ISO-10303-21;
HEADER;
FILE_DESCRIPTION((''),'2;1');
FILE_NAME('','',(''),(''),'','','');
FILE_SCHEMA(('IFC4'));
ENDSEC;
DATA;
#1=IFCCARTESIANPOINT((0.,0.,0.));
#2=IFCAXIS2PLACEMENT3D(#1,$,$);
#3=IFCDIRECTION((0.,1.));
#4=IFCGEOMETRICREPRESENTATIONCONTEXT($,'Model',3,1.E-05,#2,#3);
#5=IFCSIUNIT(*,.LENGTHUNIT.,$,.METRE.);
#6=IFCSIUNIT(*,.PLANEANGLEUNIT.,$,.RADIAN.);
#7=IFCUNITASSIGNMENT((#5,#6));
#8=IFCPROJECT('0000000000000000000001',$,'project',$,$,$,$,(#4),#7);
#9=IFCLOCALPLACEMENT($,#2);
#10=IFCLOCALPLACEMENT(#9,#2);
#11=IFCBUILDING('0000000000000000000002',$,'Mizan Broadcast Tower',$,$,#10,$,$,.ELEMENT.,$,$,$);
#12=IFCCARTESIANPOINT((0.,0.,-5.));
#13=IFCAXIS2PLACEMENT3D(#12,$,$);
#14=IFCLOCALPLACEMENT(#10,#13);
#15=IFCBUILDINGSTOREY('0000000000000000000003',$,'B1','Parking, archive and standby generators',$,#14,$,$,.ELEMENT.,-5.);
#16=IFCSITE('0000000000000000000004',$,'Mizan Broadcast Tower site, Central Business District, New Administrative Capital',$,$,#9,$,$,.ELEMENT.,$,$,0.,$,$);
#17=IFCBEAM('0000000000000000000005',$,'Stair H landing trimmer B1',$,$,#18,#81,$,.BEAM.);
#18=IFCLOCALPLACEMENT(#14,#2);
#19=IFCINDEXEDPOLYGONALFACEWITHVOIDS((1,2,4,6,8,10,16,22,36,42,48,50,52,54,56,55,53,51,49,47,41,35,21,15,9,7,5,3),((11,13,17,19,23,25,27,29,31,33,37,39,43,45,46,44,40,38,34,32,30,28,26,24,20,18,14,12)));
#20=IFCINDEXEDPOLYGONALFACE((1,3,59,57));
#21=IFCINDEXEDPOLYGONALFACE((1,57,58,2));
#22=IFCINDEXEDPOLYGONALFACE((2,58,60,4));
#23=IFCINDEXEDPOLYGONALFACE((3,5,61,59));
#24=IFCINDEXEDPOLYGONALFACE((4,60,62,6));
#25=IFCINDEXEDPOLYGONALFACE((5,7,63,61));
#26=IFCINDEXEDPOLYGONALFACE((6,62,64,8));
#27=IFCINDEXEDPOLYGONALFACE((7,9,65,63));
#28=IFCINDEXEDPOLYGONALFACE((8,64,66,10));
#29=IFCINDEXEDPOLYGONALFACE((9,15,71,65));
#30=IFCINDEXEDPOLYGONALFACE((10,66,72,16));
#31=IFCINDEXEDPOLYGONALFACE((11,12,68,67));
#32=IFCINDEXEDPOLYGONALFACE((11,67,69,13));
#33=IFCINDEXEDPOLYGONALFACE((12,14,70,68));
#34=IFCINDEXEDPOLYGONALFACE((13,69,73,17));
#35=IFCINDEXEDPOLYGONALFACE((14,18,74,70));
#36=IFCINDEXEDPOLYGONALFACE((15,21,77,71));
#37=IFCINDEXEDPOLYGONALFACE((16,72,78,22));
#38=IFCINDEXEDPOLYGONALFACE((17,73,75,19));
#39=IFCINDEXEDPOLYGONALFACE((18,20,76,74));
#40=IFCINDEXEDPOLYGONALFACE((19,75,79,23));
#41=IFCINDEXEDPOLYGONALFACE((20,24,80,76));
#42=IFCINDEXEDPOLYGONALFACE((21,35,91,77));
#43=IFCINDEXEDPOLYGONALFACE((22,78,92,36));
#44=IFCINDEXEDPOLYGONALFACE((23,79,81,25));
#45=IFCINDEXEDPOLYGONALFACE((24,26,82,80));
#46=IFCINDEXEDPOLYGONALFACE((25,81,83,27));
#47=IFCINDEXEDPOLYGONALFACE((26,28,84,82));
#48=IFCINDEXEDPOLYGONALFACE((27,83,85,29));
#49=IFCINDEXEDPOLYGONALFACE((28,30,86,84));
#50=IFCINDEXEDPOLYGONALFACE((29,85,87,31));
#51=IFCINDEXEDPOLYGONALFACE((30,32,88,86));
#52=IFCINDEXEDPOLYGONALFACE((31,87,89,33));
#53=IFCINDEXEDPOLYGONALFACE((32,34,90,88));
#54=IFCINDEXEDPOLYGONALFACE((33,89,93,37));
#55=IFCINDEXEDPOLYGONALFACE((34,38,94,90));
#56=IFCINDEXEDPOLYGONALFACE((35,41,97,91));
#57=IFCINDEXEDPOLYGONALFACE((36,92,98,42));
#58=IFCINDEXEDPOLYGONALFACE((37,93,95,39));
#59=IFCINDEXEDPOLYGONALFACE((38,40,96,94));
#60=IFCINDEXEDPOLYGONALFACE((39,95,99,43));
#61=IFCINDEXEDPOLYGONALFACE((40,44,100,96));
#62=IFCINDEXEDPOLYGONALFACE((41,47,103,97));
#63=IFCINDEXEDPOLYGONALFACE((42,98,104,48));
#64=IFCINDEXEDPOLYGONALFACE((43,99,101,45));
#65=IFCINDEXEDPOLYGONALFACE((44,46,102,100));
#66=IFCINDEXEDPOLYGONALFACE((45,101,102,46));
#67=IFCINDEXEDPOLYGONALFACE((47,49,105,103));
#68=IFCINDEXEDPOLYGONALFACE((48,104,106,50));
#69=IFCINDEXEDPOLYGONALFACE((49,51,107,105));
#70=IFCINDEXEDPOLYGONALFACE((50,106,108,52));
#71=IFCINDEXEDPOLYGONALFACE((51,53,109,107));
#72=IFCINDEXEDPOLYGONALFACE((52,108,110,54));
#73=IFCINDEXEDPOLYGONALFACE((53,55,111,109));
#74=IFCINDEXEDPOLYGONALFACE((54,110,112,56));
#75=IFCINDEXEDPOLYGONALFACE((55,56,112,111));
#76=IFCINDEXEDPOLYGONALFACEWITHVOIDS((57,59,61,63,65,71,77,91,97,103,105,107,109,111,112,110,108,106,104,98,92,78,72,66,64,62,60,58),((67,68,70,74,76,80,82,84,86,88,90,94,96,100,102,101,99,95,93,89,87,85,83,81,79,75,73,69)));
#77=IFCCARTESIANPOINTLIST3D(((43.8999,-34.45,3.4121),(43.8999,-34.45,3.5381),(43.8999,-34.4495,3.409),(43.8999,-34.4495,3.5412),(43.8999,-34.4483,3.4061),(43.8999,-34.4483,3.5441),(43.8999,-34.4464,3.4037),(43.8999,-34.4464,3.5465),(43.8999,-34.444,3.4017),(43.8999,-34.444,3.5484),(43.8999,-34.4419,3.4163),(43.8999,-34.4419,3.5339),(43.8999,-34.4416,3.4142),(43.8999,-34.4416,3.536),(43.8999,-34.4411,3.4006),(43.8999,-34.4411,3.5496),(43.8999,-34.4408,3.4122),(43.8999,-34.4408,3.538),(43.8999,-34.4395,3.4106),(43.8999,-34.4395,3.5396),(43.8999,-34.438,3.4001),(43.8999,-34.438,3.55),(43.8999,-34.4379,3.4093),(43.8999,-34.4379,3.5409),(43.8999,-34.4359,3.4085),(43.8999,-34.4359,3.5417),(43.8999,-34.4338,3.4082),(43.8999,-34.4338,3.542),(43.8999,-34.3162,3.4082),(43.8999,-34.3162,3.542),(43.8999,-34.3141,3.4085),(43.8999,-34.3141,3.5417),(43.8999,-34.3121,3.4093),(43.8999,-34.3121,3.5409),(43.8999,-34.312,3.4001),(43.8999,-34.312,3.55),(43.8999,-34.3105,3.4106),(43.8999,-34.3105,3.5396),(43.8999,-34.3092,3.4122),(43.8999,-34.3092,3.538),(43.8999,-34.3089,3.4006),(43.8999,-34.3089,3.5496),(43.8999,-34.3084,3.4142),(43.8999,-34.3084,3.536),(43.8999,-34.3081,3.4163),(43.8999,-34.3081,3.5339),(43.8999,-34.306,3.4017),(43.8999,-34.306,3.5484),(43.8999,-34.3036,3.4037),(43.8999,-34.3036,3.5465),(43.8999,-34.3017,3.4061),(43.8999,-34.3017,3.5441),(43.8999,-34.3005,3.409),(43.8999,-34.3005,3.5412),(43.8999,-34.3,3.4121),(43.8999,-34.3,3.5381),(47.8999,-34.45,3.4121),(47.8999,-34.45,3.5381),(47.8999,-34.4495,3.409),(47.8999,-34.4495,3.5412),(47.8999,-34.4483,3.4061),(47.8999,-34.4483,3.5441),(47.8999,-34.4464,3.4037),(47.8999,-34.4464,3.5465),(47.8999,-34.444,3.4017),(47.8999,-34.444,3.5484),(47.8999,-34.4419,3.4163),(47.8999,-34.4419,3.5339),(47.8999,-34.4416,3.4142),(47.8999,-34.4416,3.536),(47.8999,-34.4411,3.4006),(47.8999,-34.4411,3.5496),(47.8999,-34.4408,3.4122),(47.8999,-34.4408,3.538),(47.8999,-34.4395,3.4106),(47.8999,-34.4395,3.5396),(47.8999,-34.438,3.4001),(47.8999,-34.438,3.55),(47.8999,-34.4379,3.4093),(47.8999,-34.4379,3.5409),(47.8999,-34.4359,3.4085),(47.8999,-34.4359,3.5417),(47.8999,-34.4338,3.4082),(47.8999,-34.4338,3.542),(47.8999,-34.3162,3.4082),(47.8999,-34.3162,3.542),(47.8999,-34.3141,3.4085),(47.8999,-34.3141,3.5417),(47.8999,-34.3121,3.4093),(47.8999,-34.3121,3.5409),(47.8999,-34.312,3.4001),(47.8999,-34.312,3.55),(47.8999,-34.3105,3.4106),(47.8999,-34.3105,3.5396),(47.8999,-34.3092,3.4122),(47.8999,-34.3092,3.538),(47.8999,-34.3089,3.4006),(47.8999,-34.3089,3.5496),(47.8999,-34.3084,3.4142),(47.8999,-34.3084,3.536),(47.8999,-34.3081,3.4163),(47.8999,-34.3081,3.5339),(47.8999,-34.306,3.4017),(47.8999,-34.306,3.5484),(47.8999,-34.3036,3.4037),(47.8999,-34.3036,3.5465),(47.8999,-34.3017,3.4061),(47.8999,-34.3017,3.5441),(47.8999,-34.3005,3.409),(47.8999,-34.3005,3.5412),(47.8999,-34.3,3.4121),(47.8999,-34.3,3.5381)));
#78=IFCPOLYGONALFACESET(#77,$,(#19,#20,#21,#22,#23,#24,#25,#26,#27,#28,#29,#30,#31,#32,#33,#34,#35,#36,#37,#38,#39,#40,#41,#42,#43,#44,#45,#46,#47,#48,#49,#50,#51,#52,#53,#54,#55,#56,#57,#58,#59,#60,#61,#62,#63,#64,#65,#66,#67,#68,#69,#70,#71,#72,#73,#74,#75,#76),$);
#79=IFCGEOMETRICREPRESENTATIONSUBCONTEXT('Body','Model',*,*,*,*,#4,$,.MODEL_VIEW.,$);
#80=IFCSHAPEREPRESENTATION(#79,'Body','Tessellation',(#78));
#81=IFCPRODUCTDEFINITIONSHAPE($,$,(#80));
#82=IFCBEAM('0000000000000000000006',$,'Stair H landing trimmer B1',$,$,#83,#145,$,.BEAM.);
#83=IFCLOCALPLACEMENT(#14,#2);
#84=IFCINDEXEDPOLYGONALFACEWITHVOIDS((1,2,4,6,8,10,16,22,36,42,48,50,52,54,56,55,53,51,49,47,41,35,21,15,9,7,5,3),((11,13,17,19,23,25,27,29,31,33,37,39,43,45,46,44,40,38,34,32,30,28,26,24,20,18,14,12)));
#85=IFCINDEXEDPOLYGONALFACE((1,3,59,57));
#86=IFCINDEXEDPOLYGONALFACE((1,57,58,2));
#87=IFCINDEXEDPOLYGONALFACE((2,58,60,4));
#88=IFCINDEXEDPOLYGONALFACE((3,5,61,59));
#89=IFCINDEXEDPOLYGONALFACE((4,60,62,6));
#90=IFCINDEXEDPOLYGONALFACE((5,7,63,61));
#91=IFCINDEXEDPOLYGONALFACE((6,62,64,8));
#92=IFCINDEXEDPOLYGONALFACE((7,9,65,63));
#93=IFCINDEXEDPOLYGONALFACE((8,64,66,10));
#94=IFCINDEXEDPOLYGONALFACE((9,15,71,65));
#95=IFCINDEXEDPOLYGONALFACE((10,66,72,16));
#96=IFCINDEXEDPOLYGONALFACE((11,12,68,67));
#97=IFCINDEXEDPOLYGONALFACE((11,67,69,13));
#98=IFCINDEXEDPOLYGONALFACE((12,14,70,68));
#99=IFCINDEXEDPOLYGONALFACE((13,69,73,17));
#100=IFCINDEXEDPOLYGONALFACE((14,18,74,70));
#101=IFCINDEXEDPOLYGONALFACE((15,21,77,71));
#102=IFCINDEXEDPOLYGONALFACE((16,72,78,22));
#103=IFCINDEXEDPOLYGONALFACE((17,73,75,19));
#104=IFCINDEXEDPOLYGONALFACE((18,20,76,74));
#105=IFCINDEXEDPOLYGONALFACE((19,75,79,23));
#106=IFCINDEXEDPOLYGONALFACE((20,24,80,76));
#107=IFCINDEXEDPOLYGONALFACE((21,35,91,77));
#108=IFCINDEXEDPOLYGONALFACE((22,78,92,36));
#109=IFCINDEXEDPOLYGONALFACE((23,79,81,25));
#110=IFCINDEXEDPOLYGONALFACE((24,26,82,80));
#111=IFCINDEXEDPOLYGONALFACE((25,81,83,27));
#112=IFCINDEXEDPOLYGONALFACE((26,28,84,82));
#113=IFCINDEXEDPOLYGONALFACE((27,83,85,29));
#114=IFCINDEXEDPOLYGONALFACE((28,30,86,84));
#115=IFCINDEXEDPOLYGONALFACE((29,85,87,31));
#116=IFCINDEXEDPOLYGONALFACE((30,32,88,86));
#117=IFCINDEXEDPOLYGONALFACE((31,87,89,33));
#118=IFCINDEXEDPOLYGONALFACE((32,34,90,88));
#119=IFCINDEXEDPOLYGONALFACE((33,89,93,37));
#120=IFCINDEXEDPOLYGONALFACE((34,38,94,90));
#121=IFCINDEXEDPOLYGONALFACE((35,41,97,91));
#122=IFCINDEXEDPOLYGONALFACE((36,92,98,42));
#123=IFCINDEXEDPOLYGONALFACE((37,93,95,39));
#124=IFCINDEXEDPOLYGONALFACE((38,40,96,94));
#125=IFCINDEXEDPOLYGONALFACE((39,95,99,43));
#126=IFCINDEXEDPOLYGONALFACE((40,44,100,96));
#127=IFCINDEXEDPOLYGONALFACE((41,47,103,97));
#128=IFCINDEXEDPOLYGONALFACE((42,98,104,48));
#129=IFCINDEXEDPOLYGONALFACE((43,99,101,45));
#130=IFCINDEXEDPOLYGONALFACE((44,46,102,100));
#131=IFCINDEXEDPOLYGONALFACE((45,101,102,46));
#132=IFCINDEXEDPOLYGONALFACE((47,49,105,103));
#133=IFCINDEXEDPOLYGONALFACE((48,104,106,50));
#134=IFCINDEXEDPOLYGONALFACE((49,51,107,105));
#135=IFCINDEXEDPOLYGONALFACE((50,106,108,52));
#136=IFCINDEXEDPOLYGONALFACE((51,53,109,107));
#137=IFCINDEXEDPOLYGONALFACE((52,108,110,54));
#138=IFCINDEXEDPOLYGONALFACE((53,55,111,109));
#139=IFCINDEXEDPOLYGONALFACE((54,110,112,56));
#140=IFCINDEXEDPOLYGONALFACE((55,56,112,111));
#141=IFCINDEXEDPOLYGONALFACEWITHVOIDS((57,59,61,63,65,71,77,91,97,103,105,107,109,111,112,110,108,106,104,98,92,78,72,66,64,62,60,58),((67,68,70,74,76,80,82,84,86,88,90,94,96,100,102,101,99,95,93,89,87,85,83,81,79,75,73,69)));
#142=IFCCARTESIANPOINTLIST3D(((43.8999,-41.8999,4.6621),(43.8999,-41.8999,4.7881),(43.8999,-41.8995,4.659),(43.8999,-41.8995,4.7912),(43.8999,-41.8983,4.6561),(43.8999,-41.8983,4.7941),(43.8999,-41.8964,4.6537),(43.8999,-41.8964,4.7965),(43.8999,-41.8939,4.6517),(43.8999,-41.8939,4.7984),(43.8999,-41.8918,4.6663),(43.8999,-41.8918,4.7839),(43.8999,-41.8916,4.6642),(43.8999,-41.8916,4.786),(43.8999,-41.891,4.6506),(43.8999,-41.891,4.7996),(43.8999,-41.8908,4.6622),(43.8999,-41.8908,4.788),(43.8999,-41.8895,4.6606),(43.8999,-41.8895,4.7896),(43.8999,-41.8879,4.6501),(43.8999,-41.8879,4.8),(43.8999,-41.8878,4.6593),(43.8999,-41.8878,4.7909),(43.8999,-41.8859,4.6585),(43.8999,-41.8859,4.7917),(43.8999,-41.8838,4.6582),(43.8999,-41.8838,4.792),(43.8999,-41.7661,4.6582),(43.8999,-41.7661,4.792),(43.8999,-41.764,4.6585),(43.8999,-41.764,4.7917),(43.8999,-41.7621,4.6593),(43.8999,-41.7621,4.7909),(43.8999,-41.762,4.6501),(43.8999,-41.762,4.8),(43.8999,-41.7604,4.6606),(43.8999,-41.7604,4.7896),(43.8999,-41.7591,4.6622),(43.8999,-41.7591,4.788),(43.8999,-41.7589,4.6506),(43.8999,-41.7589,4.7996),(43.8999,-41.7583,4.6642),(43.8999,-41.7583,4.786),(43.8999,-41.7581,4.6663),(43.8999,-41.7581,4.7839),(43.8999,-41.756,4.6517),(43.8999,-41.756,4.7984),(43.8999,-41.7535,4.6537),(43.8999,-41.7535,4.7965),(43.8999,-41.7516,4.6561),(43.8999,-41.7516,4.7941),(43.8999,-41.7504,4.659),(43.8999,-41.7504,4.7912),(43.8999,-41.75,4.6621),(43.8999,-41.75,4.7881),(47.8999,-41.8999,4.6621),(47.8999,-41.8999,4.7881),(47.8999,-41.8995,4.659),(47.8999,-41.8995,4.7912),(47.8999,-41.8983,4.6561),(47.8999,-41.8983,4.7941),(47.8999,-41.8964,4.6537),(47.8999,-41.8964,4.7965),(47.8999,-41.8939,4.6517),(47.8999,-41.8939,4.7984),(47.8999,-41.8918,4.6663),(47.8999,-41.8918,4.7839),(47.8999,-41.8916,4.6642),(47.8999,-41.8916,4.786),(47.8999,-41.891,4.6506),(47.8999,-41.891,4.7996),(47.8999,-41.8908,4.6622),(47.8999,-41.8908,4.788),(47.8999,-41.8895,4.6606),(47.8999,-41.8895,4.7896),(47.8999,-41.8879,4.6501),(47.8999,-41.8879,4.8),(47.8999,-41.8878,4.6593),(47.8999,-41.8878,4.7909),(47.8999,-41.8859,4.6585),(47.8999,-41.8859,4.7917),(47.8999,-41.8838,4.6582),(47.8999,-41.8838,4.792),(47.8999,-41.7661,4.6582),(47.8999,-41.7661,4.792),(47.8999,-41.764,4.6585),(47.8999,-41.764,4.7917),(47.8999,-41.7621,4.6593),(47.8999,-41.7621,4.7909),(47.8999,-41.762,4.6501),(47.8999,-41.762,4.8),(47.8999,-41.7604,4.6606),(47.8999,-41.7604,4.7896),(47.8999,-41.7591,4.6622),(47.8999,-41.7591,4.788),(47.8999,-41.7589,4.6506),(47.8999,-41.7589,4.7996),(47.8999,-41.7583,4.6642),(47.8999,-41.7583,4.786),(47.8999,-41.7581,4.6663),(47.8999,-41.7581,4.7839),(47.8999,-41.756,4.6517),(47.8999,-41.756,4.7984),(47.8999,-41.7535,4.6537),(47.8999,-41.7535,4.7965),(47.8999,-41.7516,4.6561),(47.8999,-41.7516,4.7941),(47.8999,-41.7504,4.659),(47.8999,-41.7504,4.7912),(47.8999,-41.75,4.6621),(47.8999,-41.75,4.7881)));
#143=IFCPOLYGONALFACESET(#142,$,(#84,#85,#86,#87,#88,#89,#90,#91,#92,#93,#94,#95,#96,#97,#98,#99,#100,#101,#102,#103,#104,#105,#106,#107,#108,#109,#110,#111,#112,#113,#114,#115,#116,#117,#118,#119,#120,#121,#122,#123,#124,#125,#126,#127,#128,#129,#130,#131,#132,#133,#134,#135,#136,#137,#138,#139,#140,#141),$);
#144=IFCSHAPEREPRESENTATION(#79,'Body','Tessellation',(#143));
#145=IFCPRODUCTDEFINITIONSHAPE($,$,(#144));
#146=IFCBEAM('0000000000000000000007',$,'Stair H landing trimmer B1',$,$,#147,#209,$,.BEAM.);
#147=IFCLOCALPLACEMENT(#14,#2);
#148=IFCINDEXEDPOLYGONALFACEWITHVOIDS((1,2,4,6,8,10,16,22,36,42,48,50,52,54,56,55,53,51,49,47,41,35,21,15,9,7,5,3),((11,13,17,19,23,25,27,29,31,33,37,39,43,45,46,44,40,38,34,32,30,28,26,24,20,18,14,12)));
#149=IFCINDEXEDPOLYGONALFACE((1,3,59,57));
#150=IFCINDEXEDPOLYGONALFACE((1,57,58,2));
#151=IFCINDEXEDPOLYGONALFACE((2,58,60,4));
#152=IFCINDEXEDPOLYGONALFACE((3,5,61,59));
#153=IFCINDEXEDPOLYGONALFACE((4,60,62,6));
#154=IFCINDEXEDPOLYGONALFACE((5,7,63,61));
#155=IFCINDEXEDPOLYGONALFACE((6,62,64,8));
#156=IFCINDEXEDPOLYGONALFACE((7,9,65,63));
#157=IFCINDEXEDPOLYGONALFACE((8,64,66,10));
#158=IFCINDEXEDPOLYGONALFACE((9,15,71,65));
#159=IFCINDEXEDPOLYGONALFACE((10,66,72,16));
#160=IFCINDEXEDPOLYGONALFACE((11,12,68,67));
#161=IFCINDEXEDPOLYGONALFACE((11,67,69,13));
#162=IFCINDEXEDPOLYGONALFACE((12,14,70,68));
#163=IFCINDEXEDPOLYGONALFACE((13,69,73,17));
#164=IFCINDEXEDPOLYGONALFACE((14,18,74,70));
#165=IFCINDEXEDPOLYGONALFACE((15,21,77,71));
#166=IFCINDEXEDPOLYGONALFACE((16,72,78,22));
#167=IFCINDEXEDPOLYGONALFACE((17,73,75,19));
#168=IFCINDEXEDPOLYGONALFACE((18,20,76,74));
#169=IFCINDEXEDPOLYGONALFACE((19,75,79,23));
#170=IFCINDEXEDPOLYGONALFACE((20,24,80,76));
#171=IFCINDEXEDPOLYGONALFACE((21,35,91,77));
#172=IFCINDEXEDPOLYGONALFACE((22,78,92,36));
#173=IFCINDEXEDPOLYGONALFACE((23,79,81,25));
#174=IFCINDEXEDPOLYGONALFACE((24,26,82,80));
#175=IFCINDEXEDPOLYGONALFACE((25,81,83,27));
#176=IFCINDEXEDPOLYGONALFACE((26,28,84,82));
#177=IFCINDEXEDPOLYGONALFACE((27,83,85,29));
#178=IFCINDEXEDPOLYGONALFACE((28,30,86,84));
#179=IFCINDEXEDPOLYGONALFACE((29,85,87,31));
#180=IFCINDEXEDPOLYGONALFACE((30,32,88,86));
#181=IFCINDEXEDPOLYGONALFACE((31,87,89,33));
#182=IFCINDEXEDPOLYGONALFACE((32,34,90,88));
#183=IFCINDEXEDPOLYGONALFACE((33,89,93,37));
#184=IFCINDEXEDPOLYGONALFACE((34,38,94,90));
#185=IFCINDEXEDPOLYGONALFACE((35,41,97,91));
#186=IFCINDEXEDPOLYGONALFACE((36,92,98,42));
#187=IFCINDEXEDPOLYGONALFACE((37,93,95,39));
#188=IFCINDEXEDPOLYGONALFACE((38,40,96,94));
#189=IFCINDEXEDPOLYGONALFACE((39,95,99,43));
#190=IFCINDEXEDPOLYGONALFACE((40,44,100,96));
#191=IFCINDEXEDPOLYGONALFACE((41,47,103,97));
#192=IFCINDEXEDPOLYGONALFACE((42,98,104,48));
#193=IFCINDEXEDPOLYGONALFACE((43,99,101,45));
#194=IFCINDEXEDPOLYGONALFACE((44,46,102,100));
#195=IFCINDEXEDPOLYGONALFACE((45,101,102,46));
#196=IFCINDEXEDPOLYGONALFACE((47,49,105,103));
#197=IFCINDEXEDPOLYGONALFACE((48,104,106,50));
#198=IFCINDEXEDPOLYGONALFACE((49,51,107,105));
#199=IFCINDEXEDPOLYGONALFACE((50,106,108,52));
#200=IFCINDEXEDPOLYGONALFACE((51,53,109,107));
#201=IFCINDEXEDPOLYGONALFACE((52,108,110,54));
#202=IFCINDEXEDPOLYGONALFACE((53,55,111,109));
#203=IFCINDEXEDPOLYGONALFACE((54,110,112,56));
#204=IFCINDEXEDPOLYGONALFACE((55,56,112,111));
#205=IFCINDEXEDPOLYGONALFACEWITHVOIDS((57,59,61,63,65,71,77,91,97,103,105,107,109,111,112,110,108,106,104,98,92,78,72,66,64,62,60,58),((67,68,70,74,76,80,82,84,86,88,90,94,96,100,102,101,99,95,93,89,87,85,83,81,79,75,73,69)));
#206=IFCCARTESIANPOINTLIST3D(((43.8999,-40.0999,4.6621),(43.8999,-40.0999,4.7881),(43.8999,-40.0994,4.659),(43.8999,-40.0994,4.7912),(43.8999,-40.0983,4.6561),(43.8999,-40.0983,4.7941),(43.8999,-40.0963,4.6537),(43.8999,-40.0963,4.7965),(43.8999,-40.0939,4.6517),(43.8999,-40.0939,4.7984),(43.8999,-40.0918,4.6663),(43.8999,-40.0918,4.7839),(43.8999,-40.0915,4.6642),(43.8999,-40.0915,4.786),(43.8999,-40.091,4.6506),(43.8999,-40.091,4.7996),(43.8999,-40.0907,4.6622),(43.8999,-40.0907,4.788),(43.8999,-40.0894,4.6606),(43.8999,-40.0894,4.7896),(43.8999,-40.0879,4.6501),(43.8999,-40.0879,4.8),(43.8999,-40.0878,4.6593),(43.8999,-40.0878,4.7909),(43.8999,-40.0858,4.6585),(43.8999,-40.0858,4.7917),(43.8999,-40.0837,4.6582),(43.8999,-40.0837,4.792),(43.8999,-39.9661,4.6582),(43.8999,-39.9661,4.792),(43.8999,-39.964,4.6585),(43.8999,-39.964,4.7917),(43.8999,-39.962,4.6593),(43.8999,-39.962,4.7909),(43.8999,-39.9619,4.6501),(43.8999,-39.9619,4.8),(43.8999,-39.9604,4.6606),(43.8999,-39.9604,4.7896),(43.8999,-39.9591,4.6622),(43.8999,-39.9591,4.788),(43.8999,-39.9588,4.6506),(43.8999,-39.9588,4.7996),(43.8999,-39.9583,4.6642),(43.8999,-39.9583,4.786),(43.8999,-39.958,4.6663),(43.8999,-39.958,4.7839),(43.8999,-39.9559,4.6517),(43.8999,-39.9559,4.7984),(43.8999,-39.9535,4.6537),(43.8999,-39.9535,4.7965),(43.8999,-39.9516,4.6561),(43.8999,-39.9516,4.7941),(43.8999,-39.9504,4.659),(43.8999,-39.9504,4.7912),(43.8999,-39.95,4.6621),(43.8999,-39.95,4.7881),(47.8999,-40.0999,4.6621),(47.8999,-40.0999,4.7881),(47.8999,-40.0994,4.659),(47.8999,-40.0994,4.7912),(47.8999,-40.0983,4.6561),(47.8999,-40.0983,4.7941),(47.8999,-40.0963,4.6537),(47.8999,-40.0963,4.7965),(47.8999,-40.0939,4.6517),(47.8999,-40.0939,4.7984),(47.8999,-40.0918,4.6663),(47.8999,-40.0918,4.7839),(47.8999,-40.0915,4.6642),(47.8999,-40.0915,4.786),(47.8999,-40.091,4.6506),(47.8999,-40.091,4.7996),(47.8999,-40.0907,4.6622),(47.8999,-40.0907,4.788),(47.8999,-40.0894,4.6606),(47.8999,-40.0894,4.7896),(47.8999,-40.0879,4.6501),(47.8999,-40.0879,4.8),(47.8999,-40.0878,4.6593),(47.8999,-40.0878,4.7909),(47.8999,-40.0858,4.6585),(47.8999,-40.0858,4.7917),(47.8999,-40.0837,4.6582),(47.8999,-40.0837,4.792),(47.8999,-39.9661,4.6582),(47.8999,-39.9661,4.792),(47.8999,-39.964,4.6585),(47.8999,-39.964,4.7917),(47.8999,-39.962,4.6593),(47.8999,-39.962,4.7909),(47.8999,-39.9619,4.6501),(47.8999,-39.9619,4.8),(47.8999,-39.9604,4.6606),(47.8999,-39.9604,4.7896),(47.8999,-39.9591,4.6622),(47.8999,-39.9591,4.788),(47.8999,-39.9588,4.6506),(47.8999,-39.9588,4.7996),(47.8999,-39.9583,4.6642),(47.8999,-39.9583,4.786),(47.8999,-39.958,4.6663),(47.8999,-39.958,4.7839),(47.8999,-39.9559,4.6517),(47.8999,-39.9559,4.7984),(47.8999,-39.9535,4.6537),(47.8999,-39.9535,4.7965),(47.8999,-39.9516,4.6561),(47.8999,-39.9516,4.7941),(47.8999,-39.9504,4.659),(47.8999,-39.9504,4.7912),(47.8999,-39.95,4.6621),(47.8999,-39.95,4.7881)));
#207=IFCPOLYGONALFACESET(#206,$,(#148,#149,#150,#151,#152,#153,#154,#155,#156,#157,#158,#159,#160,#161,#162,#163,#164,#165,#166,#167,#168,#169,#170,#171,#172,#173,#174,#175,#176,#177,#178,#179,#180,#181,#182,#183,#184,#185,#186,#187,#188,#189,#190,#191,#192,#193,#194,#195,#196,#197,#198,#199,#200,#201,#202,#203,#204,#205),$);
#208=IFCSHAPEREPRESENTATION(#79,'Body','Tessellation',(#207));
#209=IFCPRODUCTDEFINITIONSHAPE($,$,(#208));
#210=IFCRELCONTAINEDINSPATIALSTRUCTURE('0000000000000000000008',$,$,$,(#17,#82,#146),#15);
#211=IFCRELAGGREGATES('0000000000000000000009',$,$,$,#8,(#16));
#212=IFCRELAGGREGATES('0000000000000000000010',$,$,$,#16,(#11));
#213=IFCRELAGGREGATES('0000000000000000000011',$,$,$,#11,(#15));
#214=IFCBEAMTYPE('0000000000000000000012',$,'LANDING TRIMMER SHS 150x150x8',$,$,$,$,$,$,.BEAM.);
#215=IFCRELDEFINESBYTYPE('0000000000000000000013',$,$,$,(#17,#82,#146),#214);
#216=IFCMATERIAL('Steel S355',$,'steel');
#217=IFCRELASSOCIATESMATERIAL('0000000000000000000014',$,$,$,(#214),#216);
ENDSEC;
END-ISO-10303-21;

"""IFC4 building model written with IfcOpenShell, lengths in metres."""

from ifc_helpers import new_model, si_unit, direction, frame, origin, origin_2d, place, context, subcontext, project, spatial, hollow_rectangle, extrude, material, material_profile, profile_set, type_object, element, save


model = new_model("IFC4")

# Units and contexts
model_context = context("Model", 3, precision=1e-05, world=origin(), true_north=direction((0.0, 1.0)))
body_context = subcontext(model_context, "Body", "Model", "MODEL_VIEW")
ifc_project = project(units=[si_unit("LENGTHUNIT", "METRE"), si_unit("PLANEANGLEUNIT", "RADIAN")], contexts=[model_context])

# Site, building, storey
site_placement = place(None, origin())
site = spatial("IfcSite", under=ifc_project, at=site_placement, Name="Mizan Broadcast Tower site, Central Business District, New Administrative Capital", CompositionType="ELEMENT", RefElevation=0.0)
building_placement = place(site_placement, origin())
building = spatial("IfcBuilding", under=site, at=building_placement, Name="Mizan Broadcast Tower", CompositionType="ELEMENT")
storey_placement = place(building_placement, frame((0.0, 0.0, -5.0)))
storey = spatial("IfcBuildingStorey", under=building, at=storey_placement, Name="B1", Description="Parking, archive and standby generators", CompositionType="ELEMENT", Elevation=-5.0)

# Beams
ifc_material_1 = material(Name="Steel S355", Category="steel")
ifc_material_profile_1 = material_profile(ifc_material_1, hollow_rectangle(XDim=0.1499, YDim=0.1499, WallThickness=0.0081, InnerFilletRadius=0.0081, OuterFilletRadius=0.012, at=origin_2d()), Name="SHS 150x150x8")
ifc_profile_set_1 = profile_set([ifc_material_profile_1], Name="Steel S355")
beam_type_1 = type_object("IfcBeamType", Name="LANDING TRIMMER SHS 150x150x8", PredefinedType="BEAM", material=ifc_profile_set_1)
for number, where, z_axis, x_axis, name in (
    (1, (43.8999, -34.375, 3.4751), (1.0, 0.0, 0.0), (0.0, 1.0, 0.0), "Stair H landing trimmer B1"),
    (2, (43.8999, -41.825, 4.7251), (1.0, 0.0, 0.0), (0.0, 1.0, 0.0), "Stair H landing trimmer B1"),
    (3, (43.8999, -40.0249, 4.7251), (1.0, 0.0, 0.0), (0.0, 1.0, 0.0), "Stair H landing trimmer B1"),
):
    element("IfcBeam", number, at=place(storey_placement, frame(where, z_axis=z_axis, x_axis=x_axis)), inside=storey, type_object=beam_type_1, Name=name, PredefinedType="BEAM", context=body_context, shape_type="SweptSolid", body=[
        extrude(hollow_rectangle(XDim=0.1499, YDim=0.1499, WallThickness=0.0081, InnerFilletRadius=0.0081, OuterFilletRadius=0.012, at=origin_2d()), origin(), (0.0, 0.0, 1.0), 4.0),
    ])

save(model, "model.ifc")
